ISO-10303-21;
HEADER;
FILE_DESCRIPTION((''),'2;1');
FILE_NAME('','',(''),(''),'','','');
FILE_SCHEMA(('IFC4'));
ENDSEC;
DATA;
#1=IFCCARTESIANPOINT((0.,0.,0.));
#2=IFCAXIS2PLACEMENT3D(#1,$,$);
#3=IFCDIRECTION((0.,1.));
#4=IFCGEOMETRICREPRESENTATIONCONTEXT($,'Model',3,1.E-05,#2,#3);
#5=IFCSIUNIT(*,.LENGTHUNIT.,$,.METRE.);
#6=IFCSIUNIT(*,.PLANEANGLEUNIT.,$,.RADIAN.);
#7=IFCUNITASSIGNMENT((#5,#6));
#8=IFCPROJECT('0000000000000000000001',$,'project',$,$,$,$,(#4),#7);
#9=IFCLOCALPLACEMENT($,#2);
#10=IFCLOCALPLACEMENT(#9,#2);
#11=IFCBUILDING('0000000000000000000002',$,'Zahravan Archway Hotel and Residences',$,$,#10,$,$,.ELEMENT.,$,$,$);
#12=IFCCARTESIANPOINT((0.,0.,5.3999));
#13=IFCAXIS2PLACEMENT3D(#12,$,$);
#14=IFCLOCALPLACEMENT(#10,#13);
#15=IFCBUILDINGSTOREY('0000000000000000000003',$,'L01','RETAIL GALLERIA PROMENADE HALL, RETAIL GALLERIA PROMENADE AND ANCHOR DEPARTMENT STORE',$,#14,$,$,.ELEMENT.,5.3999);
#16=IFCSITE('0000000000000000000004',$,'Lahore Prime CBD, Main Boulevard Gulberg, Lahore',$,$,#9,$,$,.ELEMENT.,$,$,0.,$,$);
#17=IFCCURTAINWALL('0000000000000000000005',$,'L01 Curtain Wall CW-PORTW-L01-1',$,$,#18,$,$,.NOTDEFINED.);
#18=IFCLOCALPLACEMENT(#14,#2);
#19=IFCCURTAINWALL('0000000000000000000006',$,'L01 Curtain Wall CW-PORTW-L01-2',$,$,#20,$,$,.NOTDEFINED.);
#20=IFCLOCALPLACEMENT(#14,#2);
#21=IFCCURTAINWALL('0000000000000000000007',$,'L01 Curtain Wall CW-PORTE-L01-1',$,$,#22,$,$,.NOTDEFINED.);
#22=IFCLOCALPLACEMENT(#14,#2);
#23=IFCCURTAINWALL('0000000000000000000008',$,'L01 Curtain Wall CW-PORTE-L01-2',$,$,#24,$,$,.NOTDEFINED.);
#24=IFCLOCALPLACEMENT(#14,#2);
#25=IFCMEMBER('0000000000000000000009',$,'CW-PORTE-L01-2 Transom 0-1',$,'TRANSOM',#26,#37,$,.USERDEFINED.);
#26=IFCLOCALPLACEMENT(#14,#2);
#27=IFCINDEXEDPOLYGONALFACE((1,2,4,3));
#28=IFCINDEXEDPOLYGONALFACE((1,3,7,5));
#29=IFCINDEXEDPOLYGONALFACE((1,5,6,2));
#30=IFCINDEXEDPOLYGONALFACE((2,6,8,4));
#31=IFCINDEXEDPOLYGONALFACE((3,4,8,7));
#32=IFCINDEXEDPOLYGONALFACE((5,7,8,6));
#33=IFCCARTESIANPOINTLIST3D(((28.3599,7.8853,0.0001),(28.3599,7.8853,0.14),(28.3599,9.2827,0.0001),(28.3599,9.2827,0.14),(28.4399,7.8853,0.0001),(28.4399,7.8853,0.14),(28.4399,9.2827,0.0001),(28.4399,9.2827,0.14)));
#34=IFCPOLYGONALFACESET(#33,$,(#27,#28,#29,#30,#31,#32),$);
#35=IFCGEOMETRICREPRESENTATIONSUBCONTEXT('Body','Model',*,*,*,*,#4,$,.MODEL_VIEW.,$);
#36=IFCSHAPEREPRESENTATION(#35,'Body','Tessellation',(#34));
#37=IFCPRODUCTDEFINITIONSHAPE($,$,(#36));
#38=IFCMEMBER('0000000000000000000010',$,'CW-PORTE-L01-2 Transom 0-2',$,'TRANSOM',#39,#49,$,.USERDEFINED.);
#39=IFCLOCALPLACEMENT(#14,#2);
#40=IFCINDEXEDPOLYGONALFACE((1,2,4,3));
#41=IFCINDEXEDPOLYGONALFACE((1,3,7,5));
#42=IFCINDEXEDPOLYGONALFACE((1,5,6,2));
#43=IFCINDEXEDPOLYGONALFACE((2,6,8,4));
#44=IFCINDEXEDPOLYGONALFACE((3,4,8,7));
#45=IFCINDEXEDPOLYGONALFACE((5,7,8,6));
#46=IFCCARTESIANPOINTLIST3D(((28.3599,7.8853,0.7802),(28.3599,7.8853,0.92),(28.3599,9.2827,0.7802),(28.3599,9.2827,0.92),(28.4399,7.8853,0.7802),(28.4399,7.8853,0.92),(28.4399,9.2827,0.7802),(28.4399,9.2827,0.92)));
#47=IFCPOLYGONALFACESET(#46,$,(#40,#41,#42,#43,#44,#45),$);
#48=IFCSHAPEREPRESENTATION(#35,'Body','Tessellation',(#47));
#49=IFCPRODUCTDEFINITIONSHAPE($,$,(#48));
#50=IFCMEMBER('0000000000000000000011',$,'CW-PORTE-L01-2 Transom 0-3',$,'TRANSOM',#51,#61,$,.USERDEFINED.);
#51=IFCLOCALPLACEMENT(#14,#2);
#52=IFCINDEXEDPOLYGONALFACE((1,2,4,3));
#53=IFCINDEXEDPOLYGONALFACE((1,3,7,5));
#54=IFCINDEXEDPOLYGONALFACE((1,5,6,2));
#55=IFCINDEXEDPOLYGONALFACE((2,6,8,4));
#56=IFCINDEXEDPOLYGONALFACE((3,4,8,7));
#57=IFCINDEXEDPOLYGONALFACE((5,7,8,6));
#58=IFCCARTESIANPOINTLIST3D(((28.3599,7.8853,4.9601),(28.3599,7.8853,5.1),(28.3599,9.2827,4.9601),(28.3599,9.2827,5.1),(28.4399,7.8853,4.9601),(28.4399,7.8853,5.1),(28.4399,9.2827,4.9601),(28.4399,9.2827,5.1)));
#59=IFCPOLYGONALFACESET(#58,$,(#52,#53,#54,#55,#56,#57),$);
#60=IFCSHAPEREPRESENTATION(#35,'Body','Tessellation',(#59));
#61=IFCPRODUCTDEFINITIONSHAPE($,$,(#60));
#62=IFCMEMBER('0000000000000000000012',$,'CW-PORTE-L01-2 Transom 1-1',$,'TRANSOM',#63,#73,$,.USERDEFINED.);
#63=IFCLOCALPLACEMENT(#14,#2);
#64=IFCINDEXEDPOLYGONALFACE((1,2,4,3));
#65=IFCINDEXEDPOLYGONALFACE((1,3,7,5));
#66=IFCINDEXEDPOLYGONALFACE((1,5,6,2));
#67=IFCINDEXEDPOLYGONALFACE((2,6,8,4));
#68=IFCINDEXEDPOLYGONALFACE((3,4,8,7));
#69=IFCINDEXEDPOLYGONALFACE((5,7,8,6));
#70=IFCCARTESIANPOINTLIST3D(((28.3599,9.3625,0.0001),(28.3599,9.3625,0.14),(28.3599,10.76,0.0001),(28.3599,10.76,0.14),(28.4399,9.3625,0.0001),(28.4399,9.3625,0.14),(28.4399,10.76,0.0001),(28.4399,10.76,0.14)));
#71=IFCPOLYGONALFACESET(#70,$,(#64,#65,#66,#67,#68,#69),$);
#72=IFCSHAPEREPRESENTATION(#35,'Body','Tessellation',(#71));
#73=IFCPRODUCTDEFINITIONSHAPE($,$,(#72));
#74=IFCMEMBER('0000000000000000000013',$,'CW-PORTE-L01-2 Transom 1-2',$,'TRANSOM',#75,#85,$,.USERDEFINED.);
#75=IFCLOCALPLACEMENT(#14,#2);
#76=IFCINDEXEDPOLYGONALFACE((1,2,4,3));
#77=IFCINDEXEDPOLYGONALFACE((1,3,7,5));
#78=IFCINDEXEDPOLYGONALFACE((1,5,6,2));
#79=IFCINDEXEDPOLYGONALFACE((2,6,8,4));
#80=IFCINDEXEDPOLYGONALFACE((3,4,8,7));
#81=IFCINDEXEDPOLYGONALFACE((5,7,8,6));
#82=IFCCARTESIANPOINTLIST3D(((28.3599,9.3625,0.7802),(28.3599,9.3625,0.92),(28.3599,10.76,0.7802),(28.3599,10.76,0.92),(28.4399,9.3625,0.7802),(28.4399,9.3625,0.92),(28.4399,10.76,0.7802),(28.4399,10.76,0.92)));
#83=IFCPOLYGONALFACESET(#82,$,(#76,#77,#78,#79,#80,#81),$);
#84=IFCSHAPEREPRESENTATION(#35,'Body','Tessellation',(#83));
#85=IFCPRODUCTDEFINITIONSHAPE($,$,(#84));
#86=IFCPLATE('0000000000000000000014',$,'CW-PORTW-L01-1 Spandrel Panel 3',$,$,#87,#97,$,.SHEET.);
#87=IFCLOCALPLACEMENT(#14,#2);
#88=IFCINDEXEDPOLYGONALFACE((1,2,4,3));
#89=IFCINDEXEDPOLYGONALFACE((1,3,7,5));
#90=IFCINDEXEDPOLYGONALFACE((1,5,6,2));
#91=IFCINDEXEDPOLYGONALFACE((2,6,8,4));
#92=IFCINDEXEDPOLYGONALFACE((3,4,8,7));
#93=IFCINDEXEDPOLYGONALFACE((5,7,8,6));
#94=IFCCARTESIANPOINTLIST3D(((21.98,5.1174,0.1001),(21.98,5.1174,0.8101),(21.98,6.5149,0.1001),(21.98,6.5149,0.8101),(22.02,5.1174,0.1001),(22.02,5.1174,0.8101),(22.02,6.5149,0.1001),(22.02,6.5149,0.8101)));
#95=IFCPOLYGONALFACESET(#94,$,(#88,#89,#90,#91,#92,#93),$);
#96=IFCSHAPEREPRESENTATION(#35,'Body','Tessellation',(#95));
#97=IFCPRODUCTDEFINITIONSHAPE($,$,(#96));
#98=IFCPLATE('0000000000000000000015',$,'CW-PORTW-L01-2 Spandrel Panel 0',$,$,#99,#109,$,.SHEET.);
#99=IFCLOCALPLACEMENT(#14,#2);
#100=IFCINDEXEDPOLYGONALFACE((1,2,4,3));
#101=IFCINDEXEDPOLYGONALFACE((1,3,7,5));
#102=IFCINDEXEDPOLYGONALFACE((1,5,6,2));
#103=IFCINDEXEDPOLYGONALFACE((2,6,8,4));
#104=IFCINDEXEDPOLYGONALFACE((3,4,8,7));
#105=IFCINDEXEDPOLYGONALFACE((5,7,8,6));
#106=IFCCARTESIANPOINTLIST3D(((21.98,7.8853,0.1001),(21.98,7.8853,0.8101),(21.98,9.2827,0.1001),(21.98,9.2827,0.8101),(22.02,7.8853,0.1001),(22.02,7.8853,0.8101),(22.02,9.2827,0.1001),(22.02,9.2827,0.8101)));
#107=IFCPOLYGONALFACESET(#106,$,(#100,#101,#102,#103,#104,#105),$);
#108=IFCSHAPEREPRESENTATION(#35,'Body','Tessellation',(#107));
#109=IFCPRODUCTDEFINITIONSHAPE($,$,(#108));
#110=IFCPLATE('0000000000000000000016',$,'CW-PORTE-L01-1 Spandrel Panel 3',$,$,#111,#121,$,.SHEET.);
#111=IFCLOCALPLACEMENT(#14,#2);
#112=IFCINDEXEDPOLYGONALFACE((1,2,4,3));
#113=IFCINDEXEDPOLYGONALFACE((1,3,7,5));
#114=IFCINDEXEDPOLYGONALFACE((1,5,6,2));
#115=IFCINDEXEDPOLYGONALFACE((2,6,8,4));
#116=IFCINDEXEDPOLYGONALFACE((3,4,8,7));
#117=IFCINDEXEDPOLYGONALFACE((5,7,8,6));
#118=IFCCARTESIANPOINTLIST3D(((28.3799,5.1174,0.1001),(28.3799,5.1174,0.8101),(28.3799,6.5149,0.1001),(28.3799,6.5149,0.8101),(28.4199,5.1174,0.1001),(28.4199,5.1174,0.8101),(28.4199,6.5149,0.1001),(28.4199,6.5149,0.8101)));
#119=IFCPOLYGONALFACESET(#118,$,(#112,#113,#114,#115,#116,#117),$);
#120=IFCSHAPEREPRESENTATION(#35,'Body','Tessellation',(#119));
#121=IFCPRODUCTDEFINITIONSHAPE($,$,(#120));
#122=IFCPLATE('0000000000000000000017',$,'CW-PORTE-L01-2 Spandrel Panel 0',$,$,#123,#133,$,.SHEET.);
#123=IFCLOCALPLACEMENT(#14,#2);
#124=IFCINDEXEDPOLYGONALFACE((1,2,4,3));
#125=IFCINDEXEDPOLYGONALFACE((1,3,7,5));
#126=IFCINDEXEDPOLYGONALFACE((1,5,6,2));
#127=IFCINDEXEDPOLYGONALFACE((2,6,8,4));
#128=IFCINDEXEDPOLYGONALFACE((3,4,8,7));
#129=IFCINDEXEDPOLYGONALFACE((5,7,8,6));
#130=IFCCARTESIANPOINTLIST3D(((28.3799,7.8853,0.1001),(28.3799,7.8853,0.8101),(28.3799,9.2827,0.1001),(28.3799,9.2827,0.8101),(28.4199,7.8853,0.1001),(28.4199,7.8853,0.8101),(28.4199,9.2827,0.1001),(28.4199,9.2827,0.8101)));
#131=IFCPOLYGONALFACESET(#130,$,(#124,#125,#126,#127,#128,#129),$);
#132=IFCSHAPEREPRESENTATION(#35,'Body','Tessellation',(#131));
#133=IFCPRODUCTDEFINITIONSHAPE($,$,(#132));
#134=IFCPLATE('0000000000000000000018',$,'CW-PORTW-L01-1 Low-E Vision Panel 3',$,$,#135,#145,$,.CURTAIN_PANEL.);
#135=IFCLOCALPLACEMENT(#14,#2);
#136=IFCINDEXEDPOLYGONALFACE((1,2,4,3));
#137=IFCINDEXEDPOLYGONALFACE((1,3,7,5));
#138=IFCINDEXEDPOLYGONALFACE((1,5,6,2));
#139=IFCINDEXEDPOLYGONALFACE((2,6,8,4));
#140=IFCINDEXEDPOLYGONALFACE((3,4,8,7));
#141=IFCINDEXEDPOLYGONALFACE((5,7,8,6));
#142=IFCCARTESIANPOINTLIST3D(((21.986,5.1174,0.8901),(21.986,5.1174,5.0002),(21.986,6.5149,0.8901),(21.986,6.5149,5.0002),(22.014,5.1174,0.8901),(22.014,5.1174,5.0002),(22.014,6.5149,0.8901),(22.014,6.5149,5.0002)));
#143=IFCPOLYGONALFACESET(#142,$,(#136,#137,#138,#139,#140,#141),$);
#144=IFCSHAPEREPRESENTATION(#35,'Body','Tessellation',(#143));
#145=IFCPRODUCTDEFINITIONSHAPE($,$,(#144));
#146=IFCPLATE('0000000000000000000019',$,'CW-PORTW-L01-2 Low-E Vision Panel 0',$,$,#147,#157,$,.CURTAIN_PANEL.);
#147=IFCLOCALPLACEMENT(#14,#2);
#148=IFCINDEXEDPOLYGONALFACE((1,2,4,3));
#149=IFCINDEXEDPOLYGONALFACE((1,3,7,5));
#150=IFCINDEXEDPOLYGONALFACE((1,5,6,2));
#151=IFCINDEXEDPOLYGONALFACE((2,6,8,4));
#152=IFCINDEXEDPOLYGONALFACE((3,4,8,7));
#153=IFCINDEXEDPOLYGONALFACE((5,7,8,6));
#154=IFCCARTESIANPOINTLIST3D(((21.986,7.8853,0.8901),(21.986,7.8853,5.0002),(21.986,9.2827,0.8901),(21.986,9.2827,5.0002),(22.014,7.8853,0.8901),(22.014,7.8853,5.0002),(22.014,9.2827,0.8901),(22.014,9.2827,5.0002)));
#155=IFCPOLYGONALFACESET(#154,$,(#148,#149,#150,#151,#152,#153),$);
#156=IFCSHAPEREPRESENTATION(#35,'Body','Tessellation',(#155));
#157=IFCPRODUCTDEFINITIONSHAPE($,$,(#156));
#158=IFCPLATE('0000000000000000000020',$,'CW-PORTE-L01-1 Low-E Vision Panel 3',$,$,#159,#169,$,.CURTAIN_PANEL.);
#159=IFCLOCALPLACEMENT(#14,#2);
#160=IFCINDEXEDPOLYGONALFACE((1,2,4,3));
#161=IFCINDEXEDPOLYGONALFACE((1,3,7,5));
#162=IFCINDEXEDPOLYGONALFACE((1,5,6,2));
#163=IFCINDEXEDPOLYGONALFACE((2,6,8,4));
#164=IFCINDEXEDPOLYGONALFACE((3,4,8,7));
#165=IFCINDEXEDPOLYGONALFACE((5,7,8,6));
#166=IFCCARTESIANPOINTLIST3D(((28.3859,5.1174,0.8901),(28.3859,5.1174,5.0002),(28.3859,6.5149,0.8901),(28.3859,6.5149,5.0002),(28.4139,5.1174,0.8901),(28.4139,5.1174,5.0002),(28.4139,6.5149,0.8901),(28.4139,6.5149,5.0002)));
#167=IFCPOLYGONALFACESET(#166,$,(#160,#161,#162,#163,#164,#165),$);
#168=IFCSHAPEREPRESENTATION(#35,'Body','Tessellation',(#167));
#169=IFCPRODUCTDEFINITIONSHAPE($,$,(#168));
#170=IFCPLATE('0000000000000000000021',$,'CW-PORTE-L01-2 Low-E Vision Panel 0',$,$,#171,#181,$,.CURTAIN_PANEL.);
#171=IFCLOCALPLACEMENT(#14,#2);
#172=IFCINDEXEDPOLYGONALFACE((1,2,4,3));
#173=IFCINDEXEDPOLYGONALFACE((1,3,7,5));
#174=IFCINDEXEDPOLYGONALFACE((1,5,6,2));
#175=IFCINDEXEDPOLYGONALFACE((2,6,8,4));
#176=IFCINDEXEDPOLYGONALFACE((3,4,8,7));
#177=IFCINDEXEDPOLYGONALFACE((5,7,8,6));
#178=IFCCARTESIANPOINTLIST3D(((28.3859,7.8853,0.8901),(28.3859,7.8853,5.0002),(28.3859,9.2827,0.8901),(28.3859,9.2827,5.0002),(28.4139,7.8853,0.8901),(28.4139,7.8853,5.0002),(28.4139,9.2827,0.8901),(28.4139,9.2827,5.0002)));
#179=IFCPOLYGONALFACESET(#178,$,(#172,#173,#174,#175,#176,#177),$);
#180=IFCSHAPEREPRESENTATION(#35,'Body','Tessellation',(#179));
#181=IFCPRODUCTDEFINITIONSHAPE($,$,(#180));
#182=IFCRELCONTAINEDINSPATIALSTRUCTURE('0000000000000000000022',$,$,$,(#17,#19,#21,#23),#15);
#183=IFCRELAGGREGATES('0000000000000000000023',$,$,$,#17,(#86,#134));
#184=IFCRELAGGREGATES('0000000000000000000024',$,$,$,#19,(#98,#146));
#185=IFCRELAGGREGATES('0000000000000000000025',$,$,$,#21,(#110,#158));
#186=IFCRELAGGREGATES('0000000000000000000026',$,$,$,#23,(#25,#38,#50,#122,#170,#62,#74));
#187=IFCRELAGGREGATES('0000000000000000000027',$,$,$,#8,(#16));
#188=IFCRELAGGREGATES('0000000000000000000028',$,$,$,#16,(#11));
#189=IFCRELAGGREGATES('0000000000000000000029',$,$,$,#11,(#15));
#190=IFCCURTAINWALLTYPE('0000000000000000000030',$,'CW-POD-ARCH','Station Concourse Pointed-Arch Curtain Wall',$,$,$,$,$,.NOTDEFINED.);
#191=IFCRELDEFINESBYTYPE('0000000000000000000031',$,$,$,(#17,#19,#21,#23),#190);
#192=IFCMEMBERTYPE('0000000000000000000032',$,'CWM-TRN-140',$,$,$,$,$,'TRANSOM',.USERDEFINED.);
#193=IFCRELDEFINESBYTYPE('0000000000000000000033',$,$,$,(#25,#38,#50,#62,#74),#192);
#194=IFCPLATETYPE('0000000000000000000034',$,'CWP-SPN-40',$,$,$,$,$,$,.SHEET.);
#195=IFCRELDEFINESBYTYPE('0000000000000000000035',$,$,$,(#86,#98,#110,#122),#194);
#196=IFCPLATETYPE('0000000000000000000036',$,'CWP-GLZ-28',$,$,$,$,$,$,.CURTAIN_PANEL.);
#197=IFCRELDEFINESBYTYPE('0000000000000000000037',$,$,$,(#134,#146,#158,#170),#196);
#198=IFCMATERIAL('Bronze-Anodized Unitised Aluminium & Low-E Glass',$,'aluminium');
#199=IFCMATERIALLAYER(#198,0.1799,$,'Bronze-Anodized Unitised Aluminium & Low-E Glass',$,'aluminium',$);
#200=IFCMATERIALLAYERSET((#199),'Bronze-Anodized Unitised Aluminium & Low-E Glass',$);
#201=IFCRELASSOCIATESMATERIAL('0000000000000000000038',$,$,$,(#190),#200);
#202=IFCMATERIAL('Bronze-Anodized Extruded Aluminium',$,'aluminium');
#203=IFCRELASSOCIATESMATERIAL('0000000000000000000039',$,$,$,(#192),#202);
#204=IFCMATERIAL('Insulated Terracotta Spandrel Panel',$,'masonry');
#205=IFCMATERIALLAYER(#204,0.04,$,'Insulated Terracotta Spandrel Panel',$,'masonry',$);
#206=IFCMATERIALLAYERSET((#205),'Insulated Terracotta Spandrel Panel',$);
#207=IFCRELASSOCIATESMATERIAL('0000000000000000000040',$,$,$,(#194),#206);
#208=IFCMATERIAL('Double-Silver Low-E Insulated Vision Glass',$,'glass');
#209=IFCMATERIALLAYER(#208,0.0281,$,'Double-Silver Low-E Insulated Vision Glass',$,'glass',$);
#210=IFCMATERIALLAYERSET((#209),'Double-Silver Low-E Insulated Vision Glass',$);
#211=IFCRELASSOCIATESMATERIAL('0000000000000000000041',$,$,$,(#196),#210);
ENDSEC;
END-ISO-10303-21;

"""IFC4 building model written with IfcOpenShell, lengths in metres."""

from ifc_helpers import new_model, si_unit, direction, frame, origin, origin_2d, place, context, subcontext, project, spatial, rectangle, extrude, source, transform, mapped, material, layer, layer_set, material_profile, profile_set, type_object, element, aggregate, save


model = new_model("IFC4")

# Units and contexts
model_context = context("Model", 3, precision=1e-05, world=origin(), true_north=direction((0.0, 1.0)))
body_context = subcontext(model_context, "Body", "Model", "MODEL_VIEW")
ifc_project = project(units=[si_unit("LENGTHUNIT", "METRE"), si_unit("PLANEANGLEUNIT", "RADIAN")], contexts=[model_context])

# Site, building, storey
site_placement = place(None, origin())
site = spatial("IfcSite", under=ifc_project, at=site_placement, Name="Lahore Prime CBD, Main Boulevard Gulberg, Lahore", CompositionType="ELEMENT", RefElevation=0.0)
building_placement = place(site_placement, origin())
building = spatial("IfcBuilding", under=site, at=building_placement, Name="Zahravan Archway Hotel and Residences", CompositionType="ELEMENT")
storey_placement = place(building_placement, frame((0.0, 0.0, 5.3999)))
storey = spatial("IfcBuildingStorey", under=building, at=storey_placement, Name="L01", Description="RETAIL GALLERIA PROMENADE HALL, RETAIL GALLERIA PROMENADE AND ANCHOR DEPARTMENT STORE", CompositionType="ELEMENT", Elevation=5.3999)

# Curtain wall
ifc_material_1 = material(Name="Bronze-Anodized Unitised Aluminium & Low-E Glass", Category="aluminium")
ifc_layer_1 = layer(ifc_material_1, 0.1799, Name="Bronze-Anodized Unitised Aluminium & Low-E Glass", Category="aluminium")
ifc_layer_set_1 = layer_set([ifc_layer_1], Name="Bronze-Anodized Unitised Aluminium & Low-E Glass")
curtain_wall_type = type_object("IfcCurtainWallType", Name="CW-POD-ARCH", Description="Station Concourse Pointed-Arch Curtain Wall", PredefinedType="NOTDEFINED", material=ifc_layer_set_1)
curtain_wall_1_placement = place(storey_placement, origin())
curtain_wall_1 = element("IfcCurtainWall", 1, at=curtain_wall_1_placement, inside=storey, type_object=curtain_wall_type, Name="L01 Curtain Wall CW-PORTW-L01-1", PredefinedType="NOTDEFINED")
ifc_material_2 = material(Name="Bronze-Anodized Extruded Aluminium", Category="aluminium")

# Curtain wall
curtain_wall_2_placement = place(storey_placement, origin())
curtain_wall_2 = element("IfcCurtainWall", 2, at=curtain_wall_2_placement, inside=storey, type_object=curtain_wall_type, Name="L01 Curtain Wall CW-PORTW-L01-2", PredefinedType="NOTDEFINED")

# Curtain wall
curtain_wall_3_placement = place(storey_placement, origin())
curtain_wall_3 = element("IfcCurtainWall", 3, at=curtain_wall_3_placement, inside=storey, type_object=curtain_wall_type, Name="L01 Curtain Wall CW-PORTE-L01-1", PredefinedType="NOTDEFINED")

# Curtain wall
curtain_wall_4_placement = place(storey_placement, origin())
curtain_wall_4 = element("IfcCurtainWall", 4, at=curtain_wall_4_placement, inside=storey, type_object=curtain_wall_type, Name="L01 Curtain Wall CW-PORTE-L01-2", PredefinedType="NOTDEFINED")

# Members
ifc_material_profile_1 = material_profile(ifc_material_2, rectangle(XDim=0.0801, YDim=0.1399, at=origin_2d()), Name="TRN 80x140", Category="aluminium")
ifc_profile_set_1 = profile_set([ifc_material_profile_1], Name="Bronze-Anodized Extruded Aluminium")
member_type_1 = type_object("IfcMemberType", Name="CWM-TRN-140", ElementType="TRANSOM", PredefinedType="USERDEFINED", material=ifc_profile_set_1)
shared_shape_1 = source(origin(), body_context, "Body", "SweptSolid", [
    extrude(rectangle(XDim=0.0801, YDim=0.1399, at=origin_2d()), origin(), (0.0, 0.0, 1.0), 1.3975),
])
member_1_placement = place(storey_placement, frame((28.3999, 7.8853, 0.0701), z_axis=(0.0, 1.0, 0.0), x_axis=(-1.0, 0.0, 0.0)))
member_1 = element("IfcMember", 5, at=member_1_placement, type_object=member_type_1, Name="CW-PORTE-L01-2 Transom 0-1", ObjectType="TRANSOM", PredefinedType="USERDEFINED", context=body_context, shape_type="MappedRepresentation", body=[
    mapped(shared_shape_1, transform((0.0, 0.0, 0.0), scale=1.0)),
])
member_2_placement = place(storey_placement, frame((28.3999, 7.8853, 0.8501), z_axis=(0.0, 1.0, 0.0), x_axis=(-1.0, 0.0, 0.0)))
member_2 = element("IfcMember", 6, at=member_2_placement, type_object=member_type_1, Name="CW-PORTE-L01-2 Transom 0-2", ObjectType="TRANSOM", PredefinedType="USERDEFINED", context=body_context, shape_type="MappedRepresentation", body=[
    mapped(shared_shape_1, transform((0.0, 0.0, 0.0), scale=1.0)),
])
member_3_placement = place(storey_placement, frame((28.3999, 7.8853, 5.03), z_axis=(0.0, 1.0, 0.0), x_axis=(-1.0, 0.0, 0.0)))
member_3 = element("IfcMember", 7, at=member_3_placement, type_object=member_type_1, Name="CW-PORTE-L01-2 Transom 0-3", ObjectType="TRANSOM", PredefinedType="USERDEFINED", context=body_context, shape_type="MappedRepresentation", body=[
    mapped(shared_shape_1, transform((0.0, 0.0, 0.0), scale=1.0)),
])
member_4_placement = place(storey_placement, frame((28.3999, 9.3625, 0.0701), z_axis=(0.0, 1.0, 0.0), x_axis=(-1.0, 0.0, 0.0)))
member_4 = element("IfcMember", 8, at=member_4_placement, type_object=member_type_1, Name="CW-PORTE-L01-2 Transom 1-1", ObjectType="TRANSOM", PredefinedType="USERDEFINED", context=body_context, shape_type="MappedRepresentation", body=[
    mapped(shared_shape_1, transform((0.0, 0.0, 0.0), scale=1.0)),
])
member_5_placement = place(storey_placement, frame((28.3999, 9.3625, 0.8501), z_axis=(0.0, 1.0, 0.0), x_axis=(-1.0, 0.0, 0.0)))
member_5 = element("IfcMember", 9, at=member_5_placement, type_object=member_type_1, Name="CW-PORTE-L01-2 Transom 1-2", ObjectType="TRANSOM", PredefinedType="USERDEFINED", context=body_context, shape_type="MappedRepresentation", body=[
    mapped(shared_shape_1, transform((0.0, 0.0, 0.0), scale=1.0)),
])

# Plates
ifc_material_3 = material(Name="Insulated Terracotta Spandrel Panel", Category="masonry")
ifc_layer_2 = layer(ifc_material_3, 0.04, Name="Insulated Terracotta Spandrel Panel", Category="masonry")
ifc_layer_set_2 = layer_set([ifc_layer_2], Name="Insulated Terracotta Spandrel Panel")
plate_type_1 = type_object("IfcPlateType", Name="CWP-SPN-40", PredefinedType="SHEET", material=ifc_layer_set_2)
shared_shape_2 = source(origin(), body_context, "Body", "SweptSolid", [
    extrude(rectangle(XDim=1.3975, YDim=0.04, at=origin_2d()), origin(), (0.0, 0.0, 1.0), 0.71),
])
plate_1_placement = place(storey_placement, frame((22.0, 5.8162, 0.1001), z_axis=(0.0, 0.0, 1.0), x_axis=(0.0, 1.0, 0.0)))
plate_1 = element("IfcPlate", 10, at=plate_1_placement, type_object=plate_type_1, Name="CW-PORTW-L01-1 Spandrel Panel 3", PredefinedType="SHEET", context=body_context, shape_type="MappedRepresentation", body=[
    mapped(shared_shape_2, transform((0.0, 0.0, 0.0), scale=1.0)),
])
plate_2_placement = place(storey_placement, frame((22.0, 8.584, 0.1001), z_axis=(0.0, 0.0, 1.0), x_axis=(0.0, 1.0, 0.0)))
plate_2 = element("IfcPlate", 11, at=plate_2_placement, type_object=plate_type_1, Name="CW-PORTW-L01-2 Spandrel Panel 0", PredefinedType="SHEET", context=body_context, shape_type="MappedRepresentation", body=[
    mapped(shared_shape_2, transform((0.0, 0.0, 0.0), scale=1.0)),
])
plate_3_placement = place(storey_placement, frame((28.3999, 5.8162, 0.1001), z_axis=(0.0, 0.0, 1.0), x_axis=(0.0, 1.0, 0.0)))
plate_3 = element("IfcPlate", 12, at=plate_3_placement, type_object=plate_type_1, Name="CW-PORTE-L01-1 Spandrel Panel 3", PredefinedType="SHEET", context=body_context, shape_type="MappedRepresentation", body=[
    mapped(shared_shape_2, transform((0.0, 0.0, 0.0), scale=1.0)),
])
plate_4_placement = place(storey_placement, frame((28.3999, 8.584, 0.1001), z_axis=(0.0, 0.0, 1.0), x_axis=(0.0, 1.0, 0.0)))
plate_4 = element("IfcPlate", 13, at=plate_4_placement, type_object=plate_type_1, Name="CW-PORTE-L01-2 Spandrel Panel 0", PredefinedType="SHEET", context=body_context, shape_type="MappedRepresentation", body=[
    mapped(shared_shape_2, transform((0.0, 0.0, 0.0), scale=1.0)),
])
ifc_material_4 = material(Name="Double-Silver Low-E Insulated Vision Glass", Category="glass")
ifc_layer_3 = layer(ifc_material_4, 0.0281, Name="Double-Silver Low-E Insulated Vision Glass", Category="glass")
ifc_layer_set_3 = layer_set([ifc_layer_3], Name="Double-Silver Low-E Insulated Vision Glass")
plate_type_2 = type_object("IfcPlateType", Name="CWP-GLZ-28", PredefinedType="CURTAIN_PANEL", material=ifc_layer_set_3)
shared_shape_3 = source(origin(), body_context, "Body", "SweptSolid", [
    extrude(rectangle(XDim=1.3975, YDim=0.0281, at=origin_2d()), origin(), (0.0, 0.0, 1.0), 4.1101),
])
plate_5_placement = place(storey_placement, frame((22.0, 5.8162, 0.8901), z_axis=(0.0, 0.0, 1.0), x_axis=(0.0, 1.0, 0.0)))
plate_5 = element("IfcPlate", 14, at=plate_5_placement, type_object=plate_type_2, Name="CW-PORTW-L01-1 Low-E Vision Panel 3", PredefinedType="CURTAIN_PANEL", context=body_context, shape_type="MappedRepresentation", body=[
    mapped(shared_shape_3, transform((0.0, 0.0, 0.0), scale=1.0)),
])
aggregate(curtain_wall_1, [plate_1, plate_5])
plate_6_placement = place(storey_placement, frame((22.0, 8.584, 0.8901), z_axis=(0.0, 0.0, 1.0), x_axis=(0.0, 1.0, 0.0)))
plate_6 = element("IfcPlate", 15, at=plate_6_placement, type_object=plate_type_2, Name="CW-PORTW-L01-2 Low-E Vision Panel 0", PredefinedType="CURTAIN_PANEL", context=body_context, shape_type="MappedRepresentation", body=[
    mapped(shared_shape_3, transform((0.0, 0.0, 0.0), scale=1.0)),
])
aggregate(curtain_wall_2, [plate_2, plate_6])
plate_7_placement = place(storey_placement, frame((28.3999, 5.8162, 0.8901), z_axis=(0.0, 0.0, 1.0), x_axis=(0.0, 1.0, 0.0)))
plate_7 = element("IfcPlate", 16, at=plate_7_placement, type_object=plate_type_2, Name="CW-PORTE-L01-1 Low-E Vision Panel 3", PredefinedType="CURTAIN_PANEL", context=body_context, shape_type="MappedRepresentation", body=[
    mapped(shared_shape_3, transform((0.0, 0.0, 0.0), scale=1.0)),
])
aggregate(curtain_wall_3, [plate_3, plate_7])
plate_8_placement = place(storey_placement, frame((28.3999, 8.584, 0.8901), z_axis=(0.0, 0.0, 1.0), x_axis=(0.0, 1.0, 0.0)))
plate_8 = element("IfcPlate", 17, at=plate_8_placement, type_object=plate_type_2, Name="CW-PORTE-L01-2 Low-E Vision Panel 0", PredefinedType="CURTAIN_PANEL", context=body_context, shape_type="MappedRepresentation", body=[
    mapped(shared_shape_3, transform((0.0, 0.0, 0.0), scale=1.0)),
])
aggregate(curtain_wall_4, [member_1, member_2, member_3, plate_4, plate_8, member_4, member_5])

save(model, "model.ifc")
